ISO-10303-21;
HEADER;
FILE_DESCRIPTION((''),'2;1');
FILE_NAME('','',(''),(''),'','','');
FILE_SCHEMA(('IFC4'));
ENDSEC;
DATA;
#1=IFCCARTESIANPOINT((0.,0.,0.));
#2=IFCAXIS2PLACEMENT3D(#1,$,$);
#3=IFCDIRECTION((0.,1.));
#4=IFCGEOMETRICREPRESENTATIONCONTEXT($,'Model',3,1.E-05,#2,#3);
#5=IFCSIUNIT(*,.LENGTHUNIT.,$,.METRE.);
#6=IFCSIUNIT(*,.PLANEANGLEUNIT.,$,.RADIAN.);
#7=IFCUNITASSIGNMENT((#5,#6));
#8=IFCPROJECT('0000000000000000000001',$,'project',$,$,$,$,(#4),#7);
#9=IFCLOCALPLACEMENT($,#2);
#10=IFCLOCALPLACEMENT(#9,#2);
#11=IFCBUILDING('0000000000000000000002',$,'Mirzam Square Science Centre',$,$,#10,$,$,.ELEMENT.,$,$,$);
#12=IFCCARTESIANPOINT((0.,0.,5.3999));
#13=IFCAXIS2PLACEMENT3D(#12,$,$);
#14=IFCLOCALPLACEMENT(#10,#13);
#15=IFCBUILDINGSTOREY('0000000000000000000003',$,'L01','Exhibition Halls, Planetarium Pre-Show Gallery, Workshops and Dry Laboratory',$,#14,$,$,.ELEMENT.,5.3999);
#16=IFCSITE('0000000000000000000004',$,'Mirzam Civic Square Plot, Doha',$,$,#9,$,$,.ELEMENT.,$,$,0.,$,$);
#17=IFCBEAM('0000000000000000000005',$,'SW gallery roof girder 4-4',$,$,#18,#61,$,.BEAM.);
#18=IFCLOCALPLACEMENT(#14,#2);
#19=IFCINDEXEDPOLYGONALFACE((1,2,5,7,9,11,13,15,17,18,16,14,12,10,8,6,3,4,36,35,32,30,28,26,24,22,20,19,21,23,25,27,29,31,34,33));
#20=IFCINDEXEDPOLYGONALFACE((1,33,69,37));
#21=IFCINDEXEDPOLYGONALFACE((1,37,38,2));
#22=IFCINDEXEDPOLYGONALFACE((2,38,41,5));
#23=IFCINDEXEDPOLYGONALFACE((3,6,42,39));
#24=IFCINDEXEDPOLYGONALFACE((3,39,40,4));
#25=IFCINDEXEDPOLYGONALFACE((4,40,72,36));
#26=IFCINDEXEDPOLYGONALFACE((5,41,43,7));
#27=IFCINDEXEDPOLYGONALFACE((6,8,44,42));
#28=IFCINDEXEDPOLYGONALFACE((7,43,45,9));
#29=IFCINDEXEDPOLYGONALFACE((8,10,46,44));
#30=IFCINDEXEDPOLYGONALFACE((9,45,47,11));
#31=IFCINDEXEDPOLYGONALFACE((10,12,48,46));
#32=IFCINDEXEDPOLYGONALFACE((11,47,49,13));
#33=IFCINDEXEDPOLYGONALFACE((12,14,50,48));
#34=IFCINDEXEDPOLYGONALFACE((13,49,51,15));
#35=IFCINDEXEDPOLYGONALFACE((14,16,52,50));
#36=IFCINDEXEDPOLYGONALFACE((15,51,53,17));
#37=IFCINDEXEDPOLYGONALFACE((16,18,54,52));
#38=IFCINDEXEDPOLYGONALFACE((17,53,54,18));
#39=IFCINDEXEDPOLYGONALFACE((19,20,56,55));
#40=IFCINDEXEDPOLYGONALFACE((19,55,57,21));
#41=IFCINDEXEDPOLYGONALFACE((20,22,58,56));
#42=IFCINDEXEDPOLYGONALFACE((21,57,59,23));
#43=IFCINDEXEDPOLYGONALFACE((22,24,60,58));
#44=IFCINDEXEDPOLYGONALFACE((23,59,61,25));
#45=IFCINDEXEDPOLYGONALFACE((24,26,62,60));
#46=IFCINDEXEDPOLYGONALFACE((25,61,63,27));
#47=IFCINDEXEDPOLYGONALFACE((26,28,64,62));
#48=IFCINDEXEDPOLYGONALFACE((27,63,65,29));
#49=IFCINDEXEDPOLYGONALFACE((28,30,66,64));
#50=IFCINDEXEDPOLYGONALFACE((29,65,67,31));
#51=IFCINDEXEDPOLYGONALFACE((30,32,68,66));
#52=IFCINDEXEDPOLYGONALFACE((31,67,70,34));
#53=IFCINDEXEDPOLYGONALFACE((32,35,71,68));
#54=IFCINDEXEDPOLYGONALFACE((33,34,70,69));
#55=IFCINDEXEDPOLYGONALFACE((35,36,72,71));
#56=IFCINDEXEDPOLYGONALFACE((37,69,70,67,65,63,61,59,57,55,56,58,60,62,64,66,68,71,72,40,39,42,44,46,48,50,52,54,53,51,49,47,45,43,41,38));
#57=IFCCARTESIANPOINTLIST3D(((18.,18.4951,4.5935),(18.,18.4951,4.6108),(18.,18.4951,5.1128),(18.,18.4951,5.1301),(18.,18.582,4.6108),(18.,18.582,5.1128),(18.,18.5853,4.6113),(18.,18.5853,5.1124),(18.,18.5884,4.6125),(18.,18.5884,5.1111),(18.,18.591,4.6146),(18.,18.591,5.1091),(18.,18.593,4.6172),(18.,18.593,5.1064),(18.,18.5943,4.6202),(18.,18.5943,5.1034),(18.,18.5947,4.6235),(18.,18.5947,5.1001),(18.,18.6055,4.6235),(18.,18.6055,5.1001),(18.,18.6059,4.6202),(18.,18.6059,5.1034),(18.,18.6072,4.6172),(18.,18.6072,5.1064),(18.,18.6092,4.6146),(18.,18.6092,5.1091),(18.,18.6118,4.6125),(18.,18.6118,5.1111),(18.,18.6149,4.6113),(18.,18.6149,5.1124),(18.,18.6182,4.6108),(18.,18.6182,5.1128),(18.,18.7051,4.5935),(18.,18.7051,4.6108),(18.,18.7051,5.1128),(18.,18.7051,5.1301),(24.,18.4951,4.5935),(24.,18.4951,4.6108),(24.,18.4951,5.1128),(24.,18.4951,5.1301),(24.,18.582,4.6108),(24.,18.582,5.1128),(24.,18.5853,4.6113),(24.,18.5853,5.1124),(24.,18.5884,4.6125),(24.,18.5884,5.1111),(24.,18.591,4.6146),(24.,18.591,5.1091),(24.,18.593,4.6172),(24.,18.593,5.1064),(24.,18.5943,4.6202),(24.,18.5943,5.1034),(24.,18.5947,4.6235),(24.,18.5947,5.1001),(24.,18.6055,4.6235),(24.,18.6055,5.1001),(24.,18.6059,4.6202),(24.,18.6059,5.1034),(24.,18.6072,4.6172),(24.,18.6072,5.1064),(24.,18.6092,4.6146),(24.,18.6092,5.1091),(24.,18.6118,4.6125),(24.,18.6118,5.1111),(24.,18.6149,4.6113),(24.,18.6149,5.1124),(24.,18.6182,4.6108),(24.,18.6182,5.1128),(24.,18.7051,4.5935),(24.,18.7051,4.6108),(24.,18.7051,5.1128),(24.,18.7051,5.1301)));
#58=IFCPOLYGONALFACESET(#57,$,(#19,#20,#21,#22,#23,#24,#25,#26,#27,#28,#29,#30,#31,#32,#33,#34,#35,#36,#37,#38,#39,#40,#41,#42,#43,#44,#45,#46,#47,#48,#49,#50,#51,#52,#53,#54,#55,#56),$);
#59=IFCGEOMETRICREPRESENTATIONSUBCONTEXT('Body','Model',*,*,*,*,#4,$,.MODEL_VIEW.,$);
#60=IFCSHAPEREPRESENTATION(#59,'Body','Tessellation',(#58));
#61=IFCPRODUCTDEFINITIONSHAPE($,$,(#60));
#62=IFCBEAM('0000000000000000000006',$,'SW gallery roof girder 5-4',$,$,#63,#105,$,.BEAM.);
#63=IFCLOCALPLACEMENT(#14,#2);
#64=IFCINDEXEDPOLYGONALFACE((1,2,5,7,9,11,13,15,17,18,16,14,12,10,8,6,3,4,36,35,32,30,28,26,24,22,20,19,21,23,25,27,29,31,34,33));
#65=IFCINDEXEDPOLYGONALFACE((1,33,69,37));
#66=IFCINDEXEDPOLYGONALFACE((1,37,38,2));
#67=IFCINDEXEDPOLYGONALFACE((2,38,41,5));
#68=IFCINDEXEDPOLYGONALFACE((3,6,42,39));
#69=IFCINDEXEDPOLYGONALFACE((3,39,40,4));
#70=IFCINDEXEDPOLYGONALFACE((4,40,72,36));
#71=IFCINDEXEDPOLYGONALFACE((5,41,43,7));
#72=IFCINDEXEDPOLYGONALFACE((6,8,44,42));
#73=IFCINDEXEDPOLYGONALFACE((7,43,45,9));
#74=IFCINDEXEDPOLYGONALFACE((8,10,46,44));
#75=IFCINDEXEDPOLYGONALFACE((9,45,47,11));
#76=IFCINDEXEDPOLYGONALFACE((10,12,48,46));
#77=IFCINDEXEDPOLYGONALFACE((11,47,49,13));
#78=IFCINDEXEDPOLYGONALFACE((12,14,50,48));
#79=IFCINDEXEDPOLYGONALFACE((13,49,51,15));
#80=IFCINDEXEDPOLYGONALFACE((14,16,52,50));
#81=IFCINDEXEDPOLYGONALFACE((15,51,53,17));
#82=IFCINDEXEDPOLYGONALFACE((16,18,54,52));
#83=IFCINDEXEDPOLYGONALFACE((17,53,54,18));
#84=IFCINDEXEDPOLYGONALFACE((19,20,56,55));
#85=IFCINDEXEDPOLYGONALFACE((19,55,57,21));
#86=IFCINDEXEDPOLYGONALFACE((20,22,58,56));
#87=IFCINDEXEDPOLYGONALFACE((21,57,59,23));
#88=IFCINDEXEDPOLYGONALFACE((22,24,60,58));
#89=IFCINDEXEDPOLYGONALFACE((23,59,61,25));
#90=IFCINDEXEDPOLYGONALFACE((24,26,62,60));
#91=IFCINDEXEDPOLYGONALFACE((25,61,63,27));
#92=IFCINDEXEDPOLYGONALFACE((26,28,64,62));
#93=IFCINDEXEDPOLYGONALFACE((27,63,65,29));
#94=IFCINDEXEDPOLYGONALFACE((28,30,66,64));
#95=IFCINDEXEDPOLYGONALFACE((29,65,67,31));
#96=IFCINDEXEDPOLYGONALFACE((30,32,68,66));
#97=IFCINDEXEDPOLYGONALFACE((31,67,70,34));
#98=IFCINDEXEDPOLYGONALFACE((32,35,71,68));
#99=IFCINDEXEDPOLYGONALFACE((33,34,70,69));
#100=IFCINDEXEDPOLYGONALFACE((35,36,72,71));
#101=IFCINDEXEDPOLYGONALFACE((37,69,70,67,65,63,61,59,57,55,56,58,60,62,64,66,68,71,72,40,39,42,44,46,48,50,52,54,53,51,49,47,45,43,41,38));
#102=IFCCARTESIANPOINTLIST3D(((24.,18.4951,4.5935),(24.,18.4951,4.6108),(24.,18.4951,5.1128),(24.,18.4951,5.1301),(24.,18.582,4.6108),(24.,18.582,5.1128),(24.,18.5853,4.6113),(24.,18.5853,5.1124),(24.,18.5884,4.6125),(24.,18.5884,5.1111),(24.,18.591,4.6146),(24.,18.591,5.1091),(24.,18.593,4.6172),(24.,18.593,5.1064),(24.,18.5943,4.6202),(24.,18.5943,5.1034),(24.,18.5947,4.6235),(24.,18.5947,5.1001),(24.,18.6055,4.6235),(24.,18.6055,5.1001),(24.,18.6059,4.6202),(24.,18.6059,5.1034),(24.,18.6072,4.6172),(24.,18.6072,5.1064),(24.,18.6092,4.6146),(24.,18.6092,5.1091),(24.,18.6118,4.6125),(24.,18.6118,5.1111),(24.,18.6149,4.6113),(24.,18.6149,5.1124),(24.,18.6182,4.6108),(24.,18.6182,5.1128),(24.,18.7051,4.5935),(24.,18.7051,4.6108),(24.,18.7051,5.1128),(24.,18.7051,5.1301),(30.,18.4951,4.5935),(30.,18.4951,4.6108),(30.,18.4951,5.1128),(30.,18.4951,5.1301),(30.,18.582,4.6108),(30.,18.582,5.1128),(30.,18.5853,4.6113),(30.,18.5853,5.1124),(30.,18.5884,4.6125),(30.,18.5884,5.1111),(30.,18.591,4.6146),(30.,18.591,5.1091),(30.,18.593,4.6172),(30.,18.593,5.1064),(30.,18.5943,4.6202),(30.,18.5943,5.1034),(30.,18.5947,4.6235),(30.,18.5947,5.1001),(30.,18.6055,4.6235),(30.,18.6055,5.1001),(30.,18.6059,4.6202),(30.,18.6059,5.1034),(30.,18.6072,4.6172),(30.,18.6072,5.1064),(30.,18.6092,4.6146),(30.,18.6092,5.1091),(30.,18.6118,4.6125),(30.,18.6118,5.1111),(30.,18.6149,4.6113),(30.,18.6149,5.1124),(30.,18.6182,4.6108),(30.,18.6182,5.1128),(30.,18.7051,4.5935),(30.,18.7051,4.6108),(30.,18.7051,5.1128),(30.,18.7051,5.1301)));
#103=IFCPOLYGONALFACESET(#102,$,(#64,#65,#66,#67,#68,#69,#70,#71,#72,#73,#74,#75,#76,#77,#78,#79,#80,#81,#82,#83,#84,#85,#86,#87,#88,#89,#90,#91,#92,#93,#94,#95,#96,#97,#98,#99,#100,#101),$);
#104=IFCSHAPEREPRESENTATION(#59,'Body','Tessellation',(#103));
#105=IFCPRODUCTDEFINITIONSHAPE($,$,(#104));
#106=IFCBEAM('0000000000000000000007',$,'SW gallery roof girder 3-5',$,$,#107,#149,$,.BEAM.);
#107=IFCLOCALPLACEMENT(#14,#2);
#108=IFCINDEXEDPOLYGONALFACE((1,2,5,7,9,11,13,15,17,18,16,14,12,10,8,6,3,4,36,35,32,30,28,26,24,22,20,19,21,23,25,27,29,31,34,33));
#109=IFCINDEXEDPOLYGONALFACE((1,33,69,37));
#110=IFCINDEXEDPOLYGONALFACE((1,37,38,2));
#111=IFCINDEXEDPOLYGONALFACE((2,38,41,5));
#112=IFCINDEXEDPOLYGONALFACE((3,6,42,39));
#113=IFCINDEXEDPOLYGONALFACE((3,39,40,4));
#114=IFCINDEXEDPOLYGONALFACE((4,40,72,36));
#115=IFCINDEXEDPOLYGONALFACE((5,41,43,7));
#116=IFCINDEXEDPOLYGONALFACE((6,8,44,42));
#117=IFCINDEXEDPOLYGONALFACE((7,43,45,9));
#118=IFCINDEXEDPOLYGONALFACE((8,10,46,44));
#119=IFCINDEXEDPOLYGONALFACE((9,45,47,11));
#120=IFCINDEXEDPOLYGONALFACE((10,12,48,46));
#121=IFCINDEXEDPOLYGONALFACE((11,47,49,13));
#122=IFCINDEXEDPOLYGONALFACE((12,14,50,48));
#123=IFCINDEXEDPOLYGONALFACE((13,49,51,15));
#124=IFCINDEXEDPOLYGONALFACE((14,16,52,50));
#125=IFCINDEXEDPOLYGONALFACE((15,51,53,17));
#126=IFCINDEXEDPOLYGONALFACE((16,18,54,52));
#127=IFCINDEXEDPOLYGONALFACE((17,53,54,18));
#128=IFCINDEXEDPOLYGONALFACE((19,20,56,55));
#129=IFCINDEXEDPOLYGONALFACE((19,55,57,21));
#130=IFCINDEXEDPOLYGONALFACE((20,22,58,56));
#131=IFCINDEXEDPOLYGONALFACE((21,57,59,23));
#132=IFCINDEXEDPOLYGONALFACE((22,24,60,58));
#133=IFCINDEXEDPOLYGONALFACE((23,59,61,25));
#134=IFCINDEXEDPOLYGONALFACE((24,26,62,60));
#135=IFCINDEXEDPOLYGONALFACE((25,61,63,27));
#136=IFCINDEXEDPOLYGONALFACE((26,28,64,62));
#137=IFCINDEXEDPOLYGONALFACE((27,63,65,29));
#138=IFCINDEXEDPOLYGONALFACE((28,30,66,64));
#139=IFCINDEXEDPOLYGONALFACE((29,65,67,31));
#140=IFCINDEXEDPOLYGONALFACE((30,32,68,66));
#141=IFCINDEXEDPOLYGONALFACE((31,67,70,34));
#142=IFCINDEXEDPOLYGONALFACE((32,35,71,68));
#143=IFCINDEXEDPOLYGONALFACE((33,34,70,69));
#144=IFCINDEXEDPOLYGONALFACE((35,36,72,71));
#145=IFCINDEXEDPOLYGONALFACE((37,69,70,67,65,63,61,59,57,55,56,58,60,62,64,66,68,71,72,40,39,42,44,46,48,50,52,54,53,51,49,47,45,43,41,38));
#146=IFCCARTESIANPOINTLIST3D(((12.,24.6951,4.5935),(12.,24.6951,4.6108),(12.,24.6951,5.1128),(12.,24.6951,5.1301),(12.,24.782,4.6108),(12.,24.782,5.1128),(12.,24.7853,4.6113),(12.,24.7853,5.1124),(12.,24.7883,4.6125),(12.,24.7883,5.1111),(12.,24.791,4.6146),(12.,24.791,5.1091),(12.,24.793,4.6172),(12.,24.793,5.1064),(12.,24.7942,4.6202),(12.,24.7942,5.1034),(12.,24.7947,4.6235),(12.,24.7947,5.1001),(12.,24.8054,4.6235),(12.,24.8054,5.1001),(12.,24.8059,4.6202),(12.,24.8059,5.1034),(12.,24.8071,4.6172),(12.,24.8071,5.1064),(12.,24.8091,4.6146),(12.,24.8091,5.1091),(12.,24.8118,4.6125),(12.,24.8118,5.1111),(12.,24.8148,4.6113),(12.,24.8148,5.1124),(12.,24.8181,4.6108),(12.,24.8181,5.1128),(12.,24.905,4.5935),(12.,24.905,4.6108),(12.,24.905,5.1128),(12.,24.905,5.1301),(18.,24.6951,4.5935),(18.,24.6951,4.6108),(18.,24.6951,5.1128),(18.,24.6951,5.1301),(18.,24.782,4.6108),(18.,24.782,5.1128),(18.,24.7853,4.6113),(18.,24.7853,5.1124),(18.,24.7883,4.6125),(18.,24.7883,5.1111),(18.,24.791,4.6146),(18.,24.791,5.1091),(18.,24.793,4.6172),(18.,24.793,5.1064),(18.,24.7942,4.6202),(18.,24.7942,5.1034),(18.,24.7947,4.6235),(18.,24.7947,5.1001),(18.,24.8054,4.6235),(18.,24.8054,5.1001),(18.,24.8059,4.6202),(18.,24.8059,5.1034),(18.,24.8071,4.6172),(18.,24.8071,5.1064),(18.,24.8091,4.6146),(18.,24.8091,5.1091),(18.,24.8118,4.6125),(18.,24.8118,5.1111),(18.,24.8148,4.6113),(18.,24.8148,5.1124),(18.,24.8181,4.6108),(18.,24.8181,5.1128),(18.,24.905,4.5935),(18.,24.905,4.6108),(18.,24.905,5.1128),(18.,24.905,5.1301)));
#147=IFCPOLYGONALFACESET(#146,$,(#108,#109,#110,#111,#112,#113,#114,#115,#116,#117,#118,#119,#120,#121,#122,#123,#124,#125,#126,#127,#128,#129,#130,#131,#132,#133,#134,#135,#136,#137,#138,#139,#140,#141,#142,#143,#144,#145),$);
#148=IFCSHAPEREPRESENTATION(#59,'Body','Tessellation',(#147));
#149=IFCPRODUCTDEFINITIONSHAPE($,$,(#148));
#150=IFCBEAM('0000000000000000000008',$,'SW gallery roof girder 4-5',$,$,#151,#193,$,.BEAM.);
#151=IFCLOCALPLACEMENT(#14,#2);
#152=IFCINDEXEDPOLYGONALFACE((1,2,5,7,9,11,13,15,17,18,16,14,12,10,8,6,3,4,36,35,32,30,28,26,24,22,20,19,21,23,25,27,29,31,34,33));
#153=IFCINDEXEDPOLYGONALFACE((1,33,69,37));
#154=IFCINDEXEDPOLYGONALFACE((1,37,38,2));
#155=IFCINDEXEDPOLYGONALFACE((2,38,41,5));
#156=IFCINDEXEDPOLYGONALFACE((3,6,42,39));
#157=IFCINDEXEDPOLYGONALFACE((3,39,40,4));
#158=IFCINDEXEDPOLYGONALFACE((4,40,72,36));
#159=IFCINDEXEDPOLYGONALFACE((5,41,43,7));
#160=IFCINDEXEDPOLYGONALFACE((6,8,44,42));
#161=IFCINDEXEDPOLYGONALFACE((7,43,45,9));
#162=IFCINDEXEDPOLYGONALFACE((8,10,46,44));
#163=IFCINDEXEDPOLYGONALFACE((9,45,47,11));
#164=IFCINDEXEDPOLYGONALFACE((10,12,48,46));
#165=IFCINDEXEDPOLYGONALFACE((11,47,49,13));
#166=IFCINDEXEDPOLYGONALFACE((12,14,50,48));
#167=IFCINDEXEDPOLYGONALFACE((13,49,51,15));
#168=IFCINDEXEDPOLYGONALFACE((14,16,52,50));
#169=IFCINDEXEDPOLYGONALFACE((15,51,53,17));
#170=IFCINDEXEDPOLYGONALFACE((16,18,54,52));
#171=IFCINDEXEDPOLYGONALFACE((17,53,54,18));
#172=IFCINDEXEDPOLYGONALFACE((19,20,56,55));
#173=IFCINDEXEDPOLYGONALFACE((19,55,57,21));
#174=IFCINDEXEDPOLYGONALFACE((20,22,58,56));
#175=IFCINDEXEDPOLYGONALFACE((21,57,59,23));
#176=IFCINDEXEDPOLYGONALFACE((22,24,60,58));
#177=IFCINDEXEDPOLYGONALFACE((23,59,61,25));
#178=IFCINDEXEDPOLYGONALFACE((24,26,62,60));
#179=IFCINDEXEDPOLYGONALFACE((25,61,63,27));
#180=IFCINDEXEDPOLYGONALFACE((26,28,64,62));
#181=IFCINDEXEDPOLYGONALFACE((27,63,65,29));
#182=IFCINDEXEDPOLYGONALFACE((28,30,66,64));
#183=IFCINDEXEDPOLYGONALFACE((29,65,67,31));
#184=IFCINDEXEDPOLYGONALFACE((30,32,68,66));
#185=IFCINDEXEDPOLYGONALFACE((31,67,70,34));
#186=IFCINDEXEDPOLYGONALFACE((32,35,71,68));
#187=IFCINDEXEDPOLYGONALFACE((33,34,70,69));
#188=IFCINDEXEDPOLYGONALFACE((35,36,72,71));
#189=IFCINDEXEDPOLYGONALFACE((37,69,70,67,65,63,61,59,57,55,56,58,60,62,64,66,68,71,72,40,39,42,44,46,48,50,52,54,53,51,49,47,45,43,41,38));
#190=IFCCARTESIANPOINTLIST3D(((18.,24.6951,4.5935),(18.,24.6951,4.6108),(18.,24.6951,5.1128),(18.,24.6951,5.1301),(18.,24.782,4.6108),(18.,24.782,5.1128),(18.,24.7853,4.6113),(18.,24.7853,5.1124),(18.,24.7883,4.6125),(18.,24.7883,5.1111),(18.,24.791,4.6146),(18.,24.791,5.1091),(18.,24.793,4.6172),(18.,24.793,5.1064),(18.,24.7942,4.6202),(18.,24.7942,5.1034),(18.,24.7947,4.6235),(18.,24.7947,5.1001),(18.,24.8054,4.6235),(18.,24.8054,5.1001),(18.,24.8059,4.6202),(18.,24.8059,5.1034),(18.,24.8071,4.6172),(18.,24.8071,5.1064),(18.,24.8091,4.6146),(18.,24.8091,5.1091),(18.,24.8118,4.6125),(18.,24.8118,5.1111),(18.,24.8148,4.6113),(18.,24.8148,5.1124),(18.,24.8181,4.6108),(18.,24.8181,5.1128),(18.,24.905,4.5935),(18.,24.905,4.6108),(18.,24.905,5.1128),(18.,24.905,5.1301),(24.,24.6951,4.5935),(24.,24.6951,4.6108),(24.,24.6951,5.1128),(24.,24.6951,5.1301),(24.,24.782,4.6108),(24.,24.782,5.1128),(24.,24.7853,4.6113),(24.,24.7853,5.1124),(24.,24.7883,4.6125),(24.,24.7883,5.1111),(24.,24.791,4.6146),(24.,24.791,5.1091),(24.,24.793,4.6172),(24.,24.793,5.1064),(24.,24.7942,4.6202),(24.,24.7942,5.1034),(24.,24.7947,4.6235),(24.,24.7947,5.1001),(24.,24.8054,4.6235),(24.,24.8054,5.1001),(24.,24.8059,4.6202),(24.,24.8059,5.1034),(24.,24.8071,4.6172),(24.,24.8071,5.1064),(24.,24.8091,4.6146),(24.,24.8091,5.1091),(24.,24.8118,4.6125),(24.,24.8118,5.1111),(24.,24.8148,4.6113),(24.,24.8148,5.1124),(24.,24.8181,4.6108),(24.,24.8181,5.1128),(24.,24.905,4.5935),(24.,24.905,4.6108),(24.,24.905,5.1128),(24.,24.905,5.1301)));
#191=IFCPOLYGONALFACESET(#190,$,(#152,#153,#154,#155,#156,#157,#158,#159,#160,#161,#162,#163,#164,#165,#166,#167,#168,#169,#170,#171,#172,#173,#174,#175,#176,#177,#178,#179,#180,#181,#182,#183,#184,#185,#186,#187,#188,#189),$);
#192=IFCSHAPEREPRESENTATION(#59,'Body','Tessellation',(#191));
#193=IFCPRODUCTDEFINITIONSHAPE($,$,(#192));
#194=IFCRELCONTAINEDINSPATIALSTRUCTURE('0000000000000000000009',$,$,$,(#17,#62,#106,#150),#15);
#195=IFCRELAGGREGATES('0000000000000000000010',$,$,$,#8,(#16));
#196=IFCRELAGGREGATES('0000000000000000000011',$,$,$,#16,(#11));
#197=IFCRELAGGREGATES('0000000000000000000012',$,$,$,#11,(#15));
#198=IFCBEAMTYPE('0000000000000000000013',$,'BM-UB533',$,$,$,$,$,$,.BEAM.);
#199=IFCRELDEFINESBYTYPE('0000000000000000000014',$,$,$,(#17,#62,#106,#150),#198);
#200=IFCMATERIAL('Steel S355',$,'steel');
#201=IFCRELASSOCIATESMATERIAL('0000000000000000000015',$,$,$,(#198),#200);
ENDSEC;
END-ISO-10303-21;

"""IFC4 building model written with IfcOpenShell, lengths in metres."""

from ifc_helpers import new_model, si_unit, direction, frame, origin, origin_2d, place, context, subcontext, project, spatial, i_section, extrude, material, material_profile, profile_set, type_object, element, save


model = new_model("IFC4")

# Units and contexts
model_context = context("Model", 3, precision=1e-05, world=origin(), true_north=direction((0.0, 1.0)))
body_context = subcontext(model_context, "Body", "Model", "MODEL_VIEW")
ifc_project = project(units=[si_unit("LENGTHUNIT", "METRE"), si_unit("PLANEANGLEUNIT", "RADIAN")], contexts=[model_context])

# Site, building, storey
site_placement = place(None, origin())
site = spatial("IfcSite", under=ifc_project, at=site_placement, Name="Mirzam Civic Square Plot, Doha", CompositionType="ELEMENT", RefElevation=0.0)
building_placement = place(site_placement, origin())
building = spatial("IfcBuilding", under=site, at=building_placement, Name="Mirzam Square Science Centre", CompositionType="ELEMENT")
storey_placement = place(building_placement, frame((0.0, 0.0, 5.3999)))
storey = spatial("IfcBuildingStorey", under=building, at=storey_placement, Name="L01", Description="Exhibition Halls, Planetarium Pre-Show Gallery, Workshops and Dry Laboratory", CompositionType="ELEMENT", Elevation=5.3999)

# Shared definitions
ifc_material_1 = material(Name="Steel S355", Category="steel")

# Beams
ifc_material_profile_1 = material_profile(ifc_material_1, i_section(OverallWidth=0.21, OverallDepth=0.5366, WebThickness=0.0107, FlangeThickness=0.0173, FilletRadius=0.0127, at=origin_2d()), Name="533x210x101UB")
ifc_profile_set_1 = profile_set([ifc_material_profile_1], Name="Steel S355")
beam_type_1 = type_object("IfcBeamType", Name="BM-UB533", PredefinedType="BEAM", material=ifc_profile_set_1)
for number, where, z_axis, x_axis, name in (
    (1, (18.0, 18.6001, 4.8618), (1.0, 0.0, 0.0), (0.0, 1.0, 0.0), "SW gallery roof girder 4-4"),
    (2, (24.0, 18.6001, 4.8618), (1.0, 0.0, 0.0), (0.0, 1.0, 0.0), "SW gallery roof girder 5-4"),
    (3, (12.0, 24.8, 4.8618), (1.0, 0.0, 0.0), (0.0, 1.0, 0.0), "SW gallery roof girder 3-5"),
    (4, (18.0, 24.8, 4.8618), (1.0, 0.0, 0.0), (0.0, 1.0, 0.0), "SW gallery roof girder 4-5"),
):
    element("IfcBeam", number, at=place(storey_placement, frame(where, z_axis=z_axis, x_axis=x_axis)), inside=storey, type_object=beam_type_1, Name=name, PredefinedType="BEAM", context=body_context, shape_type="SweptSolid", body=[
        extrude(i_section(OverallWidth=0.21, OverallDepth=0.5366, WebThickness=0.0107, FlangeThickness=0.0173, FilletRadius=0.0127, at=origin_2d()), origin(), (0.0, 0.0, 1.0), 6.0),
    ])

save(model, "model.ifc")
